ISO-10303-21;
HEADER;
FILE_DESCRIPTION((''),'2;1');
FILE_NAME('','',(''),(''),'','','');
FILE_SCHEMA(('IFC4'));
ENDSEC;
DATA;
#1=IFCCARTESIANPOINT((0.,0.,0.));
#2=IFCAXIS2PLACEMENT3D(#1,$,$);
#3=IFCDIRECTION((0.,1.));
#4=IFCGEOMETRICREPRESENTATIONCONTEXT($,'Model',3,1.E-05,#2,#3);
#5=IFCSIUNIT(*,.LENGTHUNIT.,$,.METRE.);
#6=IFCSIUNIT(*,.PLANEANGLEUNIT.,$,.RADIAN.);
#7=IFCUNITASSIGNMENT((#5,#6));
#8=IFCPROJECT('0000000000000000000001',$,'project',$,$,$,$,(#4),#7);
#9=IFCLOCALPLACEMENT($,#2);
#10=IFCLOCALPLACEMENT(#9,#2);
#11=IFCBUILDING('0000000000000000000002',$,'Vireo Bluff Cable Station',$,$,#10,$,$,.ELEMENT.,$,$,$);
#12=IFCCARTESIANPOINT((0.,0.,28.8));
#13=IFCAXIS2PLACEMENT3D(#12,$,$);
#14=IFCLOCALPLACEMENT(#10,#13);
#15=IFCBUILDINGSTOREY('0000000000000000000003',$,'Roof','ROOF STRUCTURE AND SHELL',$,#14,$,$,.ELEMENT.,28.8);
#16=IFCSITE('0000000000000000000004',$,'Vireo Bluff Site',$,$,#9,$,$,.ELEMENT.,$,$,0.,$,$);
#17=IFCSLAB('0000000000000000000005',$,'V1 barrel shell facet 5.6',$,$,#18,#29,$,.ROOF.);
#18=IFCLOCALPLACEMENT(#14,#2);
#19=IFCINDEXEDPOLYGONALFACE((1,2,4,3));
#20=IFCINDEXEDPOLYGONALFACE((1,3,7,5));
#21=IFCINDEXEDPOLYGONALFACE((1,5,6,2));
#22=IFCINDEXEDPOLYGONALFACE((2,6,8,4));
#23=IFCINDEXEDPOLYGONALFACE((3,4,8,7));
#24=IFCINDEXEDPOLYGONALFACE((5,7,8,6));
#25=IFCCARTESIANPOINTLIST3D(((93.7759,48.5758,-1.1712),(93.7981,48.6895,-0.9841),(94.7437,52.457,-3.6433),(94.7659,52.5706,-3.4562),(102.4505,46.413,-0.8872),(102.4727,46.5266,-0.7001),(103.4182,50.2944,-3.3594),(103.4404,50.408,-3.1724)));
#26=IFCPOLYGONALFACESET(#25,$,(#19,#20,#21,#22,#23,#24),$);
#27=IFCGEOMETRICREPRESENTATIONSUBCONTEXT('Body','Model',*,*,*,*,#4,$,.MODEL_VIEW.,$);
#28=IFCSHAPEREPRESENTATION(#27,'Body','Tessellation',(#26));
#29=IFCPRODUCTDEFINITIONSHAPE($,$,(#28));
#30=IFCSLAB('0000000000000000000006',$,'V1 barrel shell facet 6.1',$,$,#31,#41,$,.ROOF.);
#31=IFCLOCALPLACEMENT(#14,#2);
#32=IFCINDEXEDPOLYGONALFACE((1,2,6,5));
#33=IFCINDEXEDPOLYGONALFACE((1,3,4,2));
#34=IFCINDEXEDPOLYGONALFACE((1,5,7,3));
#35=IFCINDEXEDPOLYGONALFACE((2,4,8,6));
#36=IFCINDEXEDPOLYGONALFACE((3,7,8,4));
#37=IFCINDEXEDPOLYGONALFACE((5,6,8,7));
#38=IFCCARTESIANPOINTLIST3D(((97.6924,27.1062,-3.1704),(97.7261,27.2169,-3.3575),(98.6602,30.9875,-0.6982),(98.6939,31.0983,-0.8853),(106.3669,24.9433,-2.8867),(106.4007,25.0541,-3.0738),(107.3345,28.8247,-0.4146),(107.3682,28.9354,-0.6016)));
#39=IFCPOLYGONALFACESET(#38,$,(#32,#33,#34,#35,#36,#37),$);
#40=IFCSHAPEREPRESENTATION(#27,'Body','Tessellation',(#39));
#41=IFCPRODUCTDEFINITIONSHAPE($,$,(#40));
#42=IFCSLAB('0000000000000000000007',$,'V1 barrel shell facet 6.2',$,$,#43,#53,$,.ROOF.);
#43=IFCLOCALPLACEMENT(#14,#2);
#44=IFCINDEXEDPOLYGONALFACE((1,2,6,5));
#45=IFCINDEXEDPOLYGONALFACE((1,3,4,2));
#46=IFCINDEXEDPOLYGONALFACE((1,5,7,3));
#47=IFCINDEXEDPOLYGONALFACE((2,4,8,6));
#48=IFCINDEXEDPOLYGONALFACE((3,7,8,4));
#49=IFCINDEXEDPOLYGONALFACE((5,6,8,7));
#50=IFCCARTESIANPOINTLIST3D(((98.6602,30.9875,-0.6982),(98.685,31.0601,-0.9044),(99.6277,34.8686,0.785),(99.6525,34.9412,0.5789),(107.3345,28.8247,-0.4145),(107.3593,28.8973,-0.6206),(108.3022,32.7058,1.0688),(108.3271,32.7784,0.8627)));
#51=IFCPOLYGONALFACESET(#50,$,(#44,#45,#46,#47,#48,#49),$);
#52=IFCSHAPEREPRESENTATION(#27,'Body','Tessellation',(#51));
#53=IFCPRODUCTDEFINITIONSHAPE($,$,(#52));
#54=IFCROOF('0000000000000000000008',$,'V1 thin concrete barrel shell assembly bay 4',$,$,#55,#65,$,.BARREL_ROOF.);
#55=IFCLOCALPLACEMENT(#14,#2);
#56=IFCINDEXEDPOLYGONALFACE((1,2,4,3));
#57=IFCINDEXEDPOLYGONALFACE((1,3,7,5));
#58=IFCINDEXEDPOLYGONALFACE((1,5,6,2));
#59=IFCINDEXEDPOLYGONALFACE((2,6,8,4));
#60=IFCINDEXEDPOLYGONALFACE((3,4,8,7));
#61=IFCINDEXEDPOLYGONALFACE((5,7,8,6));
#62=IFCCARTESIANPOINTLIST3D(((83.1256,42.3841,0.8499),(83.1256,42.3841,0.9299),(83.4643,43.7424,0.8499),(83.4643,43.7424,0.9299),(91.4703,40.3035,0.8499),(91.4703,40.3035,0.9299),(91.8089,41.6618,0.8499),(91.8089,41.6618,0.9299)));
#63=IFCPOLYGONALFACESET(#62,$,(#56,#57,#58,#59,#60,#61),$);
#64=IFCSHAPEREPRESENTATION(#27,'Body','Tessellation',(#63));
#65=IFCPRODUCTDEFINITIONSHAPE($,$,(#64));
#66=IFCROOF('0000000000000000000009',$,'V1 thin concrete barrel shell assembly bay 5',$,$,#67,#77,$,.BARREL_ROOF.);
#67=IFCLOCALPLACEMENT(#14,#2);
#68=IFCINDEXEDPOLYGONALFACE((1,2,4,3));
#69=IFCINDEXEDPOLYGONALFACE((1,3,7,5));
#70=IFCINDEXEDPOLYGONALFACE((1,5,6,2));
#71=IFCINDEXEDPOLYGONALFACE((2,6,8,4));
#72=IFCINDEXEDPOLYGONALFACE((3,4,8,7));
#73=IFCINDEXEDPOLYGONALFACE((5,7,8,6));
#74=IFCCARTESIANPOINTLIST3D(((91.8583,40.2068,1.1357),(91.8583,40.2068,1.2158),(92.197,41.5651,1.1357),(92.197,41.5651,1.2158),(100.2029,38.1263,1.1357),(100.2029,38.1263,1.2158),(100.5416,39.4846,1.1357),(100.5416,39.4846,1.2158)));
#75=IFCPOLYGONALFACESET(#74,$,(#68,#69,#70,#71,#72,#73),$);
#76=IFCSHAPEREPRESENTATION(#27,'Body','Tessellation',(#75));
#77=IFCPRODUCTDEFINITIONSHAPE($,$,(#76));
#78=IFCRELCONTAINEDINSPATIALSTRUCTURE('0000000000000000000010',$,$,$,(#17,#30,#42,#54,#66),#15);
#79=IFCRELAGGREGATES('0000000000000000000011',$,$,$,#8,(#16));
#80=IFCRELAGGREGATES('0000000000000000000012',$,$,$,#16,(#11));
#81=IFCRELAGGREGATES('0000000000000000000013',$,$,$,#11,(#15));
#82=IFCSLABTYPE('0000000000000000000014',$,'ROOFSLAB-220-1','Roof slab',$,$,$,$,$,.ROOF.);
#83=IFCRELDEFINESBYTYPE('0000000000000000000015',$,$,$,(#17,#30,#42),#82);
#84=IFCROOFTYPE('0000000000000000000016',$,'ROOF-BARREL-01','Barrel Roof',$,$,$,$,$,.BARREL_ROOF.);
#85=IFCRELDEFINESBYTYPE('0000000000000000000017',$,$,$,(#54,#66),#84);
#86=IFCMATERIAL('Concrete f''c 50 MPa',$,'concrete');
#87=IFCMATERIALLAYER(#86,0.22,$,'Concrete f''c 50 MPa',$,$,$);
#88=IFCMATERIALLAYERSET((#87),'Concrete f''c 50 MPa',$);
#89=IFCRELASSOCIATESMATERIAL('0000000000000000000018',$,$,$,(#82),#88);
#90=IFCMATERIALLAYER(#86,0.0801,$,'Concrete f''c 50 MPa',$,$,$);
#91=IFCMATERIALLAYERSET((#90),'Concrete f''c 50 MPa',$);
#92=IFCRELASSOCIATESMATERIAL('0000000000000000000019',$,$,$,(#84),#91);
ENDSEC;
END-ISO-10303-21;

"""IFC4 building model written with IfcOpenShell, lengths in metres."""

from ifc_helpers import new_model, si_unit, direction, frame, origin, origin_2d, place, context, subcontext, project, spatial, polyline, rectangle, outline, extrude, material, layer, layer_set, type_object, element, save


model = new_model("IFC4")

# Units and contexts
model_context = context("Model", 3, precision=1e-05, world=origin(), true_north=direction((0.0, 1.0)))
body_context = subcontext(model_context, "Body", "Model", "MODEL_VIEW")
ifc_project = project(units=[si_unit("LENGTHUNIT", "METRE"), si_unit("PLANEANGLEUNIT", "RADIAN")], contexts=[model_context])

# Site, building, storey
site_placement = place(None, origin())
site = spatial("IfcSite", under=ifc_project, at=site_placement, Name="Vireo Bluff Site", CompositionType="ELEMENT", RefElevation=0.0)
building_placement = place(site_placement, origin())
building = spatial("IfcBuilding", under=site, at=building_placement, Name="Vireo Bluff Cable Station", CompositionType="ELEMENT")
storey_placement = place(building_placement, frame((0.0, 0.0, 28.8)))
storey = spatial("IfcBuildingStorey", under=building, at=storey_placement, Name="Roof", Description="ROOF STRUCTURE AND SHELL", CompositionType="ELEMENT", Elevation=28.8)

# Slabs
ifc_material_1 = material(Name="Concrete f'c 50 MPa", Category="concrete")
ifc_layer_1 = layer(ifc_material_1, 0.22, Name="Concrete f'c 50 MPa")
ifc_layer_set_1 = layer_set([ifc_layer_1], Name="Concrete f'c 50 MPa")
slab_type = type_object("IfcSlabType", Name="ROOFSLAB-220-1", Description="Roof slab", PredefinedType="ROOF", material=ifc_layer_set_1)
slab_1_placement = place(storey_placement, frame((93.7981, 48.6895, -0.9841), z_axis=(0.10093, 0.516463, 0.850341), x_axis=(0.969807, -0.2418, 0.03175)))
element("IfcSlab", 1, at=slab_1_placement, inside=storey, type_object=slab_type, Name="V1 barrel shell facet 5.6", PredefinedType="ROOF", context=body_context, shape_type="SweptSolid", body=[
    extrude(outline(polyline([(0.0, 0.0), (8.9446, 0.0), (8.8662, 4.7018), (-0.0784, 4.7016), (0.0, 0.0)])), origin(), (0.0, 0.0, -1.0), 0.22),
])
slab_2_placement = place(storey_placement, frame((97.6924, 27.1062, -3.1704), z_axis=(-0.153323, -0.503391, 0.850347), x_axis=(0.969806, -0.241804, 0.031718)))
element("IfcSlab", 2, at=slab_2_placement, inside=storey, type_object=slab_type, Name="V1 barrel shell facet 6.1", PredefinedType="ROOF", context=body_context, shape_type="SweptSolid", body=[
    extrude(outline(polyline([(0.0, 0.0), (8.9446, 0.0), (9.0228, 4.7018), (0.0784, 4.7018), (0.0, 0.0)])), origin(), (0.0, 0.0, -1.0), 0.22),
])
slab_3_placement = place(storey_placement, frame((98.6602, 30.9875, -0.6982), z_axis=(-0.112948, -0.330015, 0.937194), x_axis=(0.969804, -0.241814, 0.031728)))
element("IfcSlab", 3, at=slab_3_placement, inside=storey, type_object=slab_type, Name="V1 barrel shell facet 6.2", PredefinedType="ROOF", context=body_context, shape_type="SweptSolid", body=[
    extrude(outline(polyline([(0.0, 0.0), (8.9444, 0.0), (8.9915, 4.2659), (0.0469, 4.2658), (0.0, 0.0)])), origin(), (0.0, 0.0, -1.0), 0.22),
])

# Roofs
ifc_layer_2 = layer(ifc_material_1, 0.0801, Name="Concrete f'c 50 MPa")
ifc_layer_set_2 = layer_set([ifc_layer_2], Name="Concrete f'c 50 MPa")
roof_type = type_object("IfcRoofType", Name="ROOF-BARREL-01", Description="Barrel Roof", PredefinedType="BARREL_ROOF", material=ifc_layer_set_2)
for number, where, z_axis, x_axis, name in (
    (4, (87.4673, 42.0229, 0.8499), (0.0, 0.0, 1.0), (0.970296, -0.241922, 0.0), "V1 thin concrete barrel shell assembly bay 4"),
    (5, (96.2, 39.8457, 1.1357), (0.0, 0.0, 1.0), (0.970296, -0.241922, 0.0), "V1 thin concrete barrel shell assembly bay 5"),
):
    element("IfcRoof", number, at=place(storey_placement, frame(where, z_axis=z_axis, x_axis=x_axis)), inside=storey, type_object=roof_type, Name=name, PredefinedType="BARREL_ROOF", context=body_context, shape_type="SweptSolid", body=[
        extrude(rectangle(XDim=8.6001, YDim=1.3999, at=origin_2d()), origin(), (0.0, 0.0, 1.0), 0.0801),
    ])

save(model, "model.ifc")
